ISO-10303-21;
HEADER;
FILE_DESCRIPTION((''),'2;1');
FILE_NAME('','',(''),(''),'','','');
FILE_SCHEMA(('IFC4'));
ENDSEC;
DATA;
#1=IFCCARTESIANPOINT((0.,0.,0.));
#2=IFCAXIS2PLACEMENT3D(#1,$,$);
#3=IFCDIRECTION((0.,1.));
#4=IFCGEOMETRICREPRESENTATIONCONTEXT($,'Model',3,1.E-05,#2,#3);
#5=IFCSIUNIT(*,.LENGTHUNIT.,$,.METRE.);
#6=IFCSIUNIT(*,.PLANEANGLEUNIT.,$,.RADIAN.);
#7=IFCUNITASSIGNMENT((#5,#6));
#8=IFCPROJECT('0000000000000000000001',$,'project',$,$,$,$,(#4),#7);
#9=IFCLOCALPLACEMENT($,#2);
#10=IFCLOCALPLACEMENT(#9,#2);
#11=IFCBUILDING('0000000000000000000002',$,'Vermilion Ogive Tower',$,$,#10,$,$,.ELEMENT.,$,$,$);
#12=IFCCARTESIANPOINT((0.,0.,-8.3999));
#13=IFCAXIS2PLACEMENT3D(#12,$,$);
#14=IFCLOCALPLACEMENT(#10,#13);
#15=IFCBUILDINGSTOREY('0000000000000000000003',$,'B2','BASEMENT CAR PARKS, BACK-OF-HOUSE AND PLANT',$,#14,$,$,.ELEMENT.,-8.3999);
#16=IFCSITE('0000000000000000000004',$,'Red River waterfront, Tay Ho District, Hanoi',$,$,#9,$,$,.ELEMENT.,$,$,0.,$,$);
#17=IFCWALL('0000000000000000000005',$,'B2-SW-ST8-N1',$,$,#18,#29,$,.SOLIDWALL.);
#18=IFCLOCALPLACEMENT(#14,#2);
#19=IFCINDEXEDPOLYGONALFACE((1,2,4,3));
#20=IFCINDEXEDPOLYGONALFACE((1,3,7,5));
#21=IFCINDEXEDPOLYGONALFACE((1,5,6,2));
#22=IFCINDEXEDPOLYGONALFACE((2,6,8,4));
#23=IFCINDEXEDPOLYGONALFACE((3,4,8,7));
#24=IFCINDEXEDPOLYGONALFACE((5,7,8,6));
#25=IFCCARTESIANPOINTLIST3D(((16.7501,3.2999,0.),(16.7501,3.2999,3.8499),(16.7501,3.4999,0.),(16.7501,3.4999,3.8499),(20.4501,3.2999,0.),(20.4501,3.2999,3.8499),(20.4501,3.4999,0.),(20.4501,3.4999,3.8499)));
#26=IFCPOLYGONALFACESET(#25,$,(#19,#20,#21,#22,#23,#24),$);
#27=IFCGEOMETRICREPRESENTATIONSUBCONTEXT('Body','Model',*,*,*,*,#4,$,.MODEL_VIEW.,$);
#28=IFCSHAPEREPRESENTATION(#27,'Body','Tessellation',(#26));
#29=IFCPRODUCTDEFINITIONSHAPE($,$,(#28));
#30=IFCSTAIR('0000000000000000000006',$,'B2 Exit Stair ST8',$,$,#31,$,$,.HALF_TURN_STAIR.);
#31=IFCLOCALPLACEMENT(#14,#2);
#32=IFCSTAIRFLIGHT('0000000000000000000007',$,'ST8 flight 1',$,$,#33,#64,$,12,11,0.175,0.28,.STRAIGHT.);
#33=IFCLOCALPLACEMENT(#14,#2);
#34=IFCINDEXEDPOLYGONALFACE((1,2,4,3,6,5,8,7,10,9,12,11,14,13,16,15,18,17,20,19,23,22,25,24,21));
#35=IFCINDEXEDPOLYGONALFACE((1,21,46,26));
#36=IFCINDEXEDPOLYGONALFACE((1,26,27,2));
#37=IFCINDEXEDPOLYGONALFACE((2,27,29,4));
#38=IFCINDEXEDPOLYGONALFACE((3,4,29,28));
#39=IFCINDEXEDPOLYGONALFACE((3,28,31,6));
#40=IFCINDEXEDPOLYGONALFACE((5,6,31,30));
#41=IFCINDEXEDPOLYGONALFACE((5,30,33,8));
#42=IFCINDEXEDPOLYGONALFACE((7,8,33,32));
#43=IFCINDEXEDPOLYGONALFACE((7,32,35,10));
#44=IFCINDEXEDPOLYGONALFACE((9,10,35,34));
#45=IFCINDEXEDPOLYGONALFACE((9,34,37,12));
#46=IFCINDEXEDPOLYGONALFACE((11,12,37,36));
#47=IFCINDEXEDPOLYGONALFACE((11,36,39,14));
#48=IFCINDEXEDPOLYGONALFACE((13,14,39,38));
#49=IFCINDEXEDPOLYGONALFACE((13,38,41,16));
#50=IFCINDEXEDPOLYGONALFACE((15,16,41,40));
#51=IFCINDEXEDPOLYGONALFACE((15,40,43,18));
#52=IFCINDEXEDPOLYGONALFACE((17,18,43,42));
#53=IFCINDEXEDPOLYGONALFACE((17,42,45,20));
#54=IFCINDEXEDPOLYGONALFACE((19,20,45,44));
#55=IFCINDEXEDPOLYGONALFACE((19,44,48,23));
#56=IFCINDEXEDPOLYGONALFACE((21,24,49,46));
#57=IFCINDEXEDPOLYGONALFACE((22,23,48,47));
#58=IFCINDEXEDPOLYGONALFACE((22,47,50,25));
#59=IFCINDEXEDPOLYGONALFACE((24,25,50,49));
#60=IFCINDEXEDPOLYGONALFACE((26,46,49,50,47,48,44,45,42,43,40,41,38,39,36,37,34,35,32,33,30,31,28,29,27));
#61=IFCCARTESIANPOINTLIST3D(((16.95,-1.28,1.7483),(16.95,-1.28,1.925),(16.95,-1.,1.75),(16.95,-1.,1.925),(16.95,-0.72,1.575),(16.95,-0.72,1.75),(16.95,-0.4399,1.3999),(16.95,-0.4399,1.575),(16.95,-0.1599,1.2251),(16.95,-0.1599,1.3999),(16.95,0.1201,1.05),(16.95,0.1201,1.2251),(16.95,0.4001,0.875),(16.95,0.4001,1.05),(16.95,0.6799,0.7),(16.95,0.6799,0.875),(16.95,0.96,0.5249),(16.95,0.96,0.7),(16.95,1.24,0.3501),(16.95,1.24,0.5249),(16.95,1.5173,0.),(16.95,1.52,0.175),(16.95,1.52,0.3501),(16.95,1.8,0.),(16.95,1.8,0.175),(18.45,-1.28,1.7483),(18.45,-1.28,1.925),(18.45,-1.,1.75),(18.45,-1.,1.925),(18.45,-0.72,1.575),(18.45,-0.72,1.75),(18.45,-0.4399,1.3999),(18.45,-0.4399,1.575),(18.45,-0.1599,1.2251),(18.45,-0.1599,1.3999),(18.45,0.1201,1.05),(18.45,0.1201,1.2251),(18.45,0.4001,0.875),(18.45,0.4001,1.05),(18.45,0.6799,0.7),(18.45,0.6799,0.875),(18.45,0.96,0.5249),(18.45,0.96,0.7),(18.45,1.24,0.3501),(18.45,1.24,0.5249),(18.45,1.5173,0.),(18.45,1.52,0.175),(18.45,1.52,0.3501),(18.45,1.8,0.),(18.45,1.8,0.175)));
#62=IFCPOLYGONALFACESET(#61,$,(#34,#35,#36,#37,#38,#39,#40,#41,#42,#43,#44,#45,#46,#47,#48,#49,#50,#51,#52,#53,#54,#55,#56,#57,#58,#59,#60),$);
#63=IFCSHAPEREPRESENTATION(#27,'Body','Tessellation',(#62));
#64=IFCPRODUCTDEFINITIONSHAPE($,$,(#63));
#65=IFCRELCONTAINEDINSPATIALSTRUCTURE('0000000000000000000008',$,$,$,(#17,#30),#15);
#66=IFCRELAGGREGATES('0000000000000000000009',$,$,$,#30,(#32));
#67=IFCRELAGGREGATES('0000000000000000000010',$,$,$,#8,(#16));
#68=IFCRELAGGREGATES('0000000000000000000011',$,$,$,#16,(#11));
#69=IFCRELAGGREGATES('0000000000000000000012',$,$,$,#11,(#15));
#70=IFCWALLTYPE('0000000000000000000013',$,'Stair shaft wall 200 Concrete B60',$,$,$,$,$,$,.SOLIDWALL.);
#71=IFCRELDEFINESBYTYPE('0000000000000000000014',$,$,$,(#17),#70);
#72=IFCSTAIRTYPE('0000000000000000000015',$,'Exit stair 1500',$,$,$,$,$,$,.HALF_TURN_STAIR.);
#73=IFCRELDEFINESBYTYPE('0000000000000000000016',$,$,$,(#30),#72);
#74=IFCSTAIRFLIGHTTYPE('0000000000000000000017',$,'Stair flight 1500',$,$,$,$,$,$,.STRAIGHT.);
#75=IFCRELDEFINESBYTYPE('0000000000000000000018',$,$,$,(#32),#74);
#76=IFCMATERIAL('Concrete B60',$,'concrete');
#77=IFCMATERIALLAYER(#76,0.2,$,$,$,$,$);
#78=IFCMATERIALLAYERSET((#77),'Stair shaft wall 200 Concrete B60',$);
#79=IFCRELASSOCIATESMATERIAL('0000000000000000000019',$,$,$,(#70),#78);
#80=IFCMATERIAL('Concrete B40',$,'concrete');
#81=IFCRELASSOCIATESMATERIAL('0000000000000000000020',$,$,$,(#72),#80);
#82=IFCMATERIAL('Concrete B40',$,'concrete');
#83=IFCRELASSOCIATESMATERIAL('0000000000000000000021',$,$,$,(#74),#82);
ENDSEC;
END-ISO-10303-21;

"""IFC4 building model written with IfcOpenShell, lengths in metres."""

from ifc_helpers import new_model, si_unit, direction, frame, frame_2d, origin, place, context, subcontext, project, spatial, polyline, rectangle, outline, extrude, material, layer, layer_set, type_object, element, aggregate, save


model = new_model("IFC4")

# Units and contexts
model_context = context("Model", 3, precision=1e-05, world=origin(), true_north=direction((0.0, 1.0)))
body_context = subcontext(model_context, "Body", "Model", "MODEL_VIEW")
ifc_project = project(units=[si_unit("LENGTHUNIT", "METRE"), si_unit("PLANEANGLEUNIT", "RADIAN")], contexts=[model_context])

# Site, building, storey
site_placement = place(None, origin())
site = spatial("IfcSite", under=ifc_project, at=site_placement, Name="Red River waterfront, Tay Ho District, Hanoi", CompositionType="ELEMENT", RefElevation=0.0)
building_placement = place(site_placement, origin())
building = spatial("IfcBuilding", under=site, at=building_placement, Name="Vermilion Ogive Tower", CompositionType="ELEMENT")
storey_placement = place(building_placement, frame((0.0, 0.0, -8.3999)))
storey = spatial("IfcBuildingStorey", under=building, at=storey_placement, Name="B2", Description="BASEMENT CAR PARKS, BACK-OF-HOUSE AND PLANT", CompositionType="ELEMENT", Elevation=-8.3999)

# Wall
ifc_material_1 = material(Name="Concrete B60", Category="concrete")
ifc_layer = layer(ifc_material_1, 0.2)
ifc_layer_set = layer_set([ifc_layer], Name="Stair shaft wall 200 Concrete B60")
wall_type = type_object("IfcWallType", Name="Stair shaft wall 200 Concrete B60", PredefinedType="SOLIDWALL", material=ifc_layer_set)
wall_placement = place(storey_placement, frame((16.75, 3.3999, 0.0), z_axis=(0.0, 0.0, 1.0), x_axis=(1.0, 0.0, 0.0)))
element("IfcWall", 1, at=wall_placement, inside=storey, type_object=wall_type, Name="B2-SW-ST8-N1", PredefinedType="SOLIDWALL", context=body_context, shape_type="SweptSolid", body=[
    extrude(rectangle(XDim=3.7, YDim=0.2, at=frame_2d((1.8501, 0.0))), origin(), (0.0, 0.0, 1.0), 3.8499),
])

# Stair, stair flight
ifc_material_2 = material(Name="Concrete B40", Category="concrete")
stair_type = type_object("IfcStairType", Name="Exit stair 1500", PredefinedType="HALF_TURN_STAIR", material=ifc_material_2)
stair_placement = place(storey_placement, origin())
stair = element("IfcStair", 2, at=stair_placement, inside=storey, type_object=stair_type, Name="B2 Exit Stair ST8", PredefinedType="HALF_TURN_STAIR")
ifc_material_3 = material(Name="Concrete B40", Category="concrete")
stair_flight_type = type_object("IfcStairFlightType", Name="Stair flight 1500", PredefinedType="STRAIGHT", material=ifc_material_3)
stair_flight_placement = place(storey_placement, frame((17.7, 1.8, 0.0), z_axis=(0.0, 0.0, 1.0), x_axis=(0.0, -1.0, 0.0)))
stair_flight = element("IfcStairFlight", 3, at=stair_flight_placement, type_object=stair_flight_type, Name="ST8 flight 1", NumberOfRisers=12, NumberOfTreads=11, PredefinedType="STRAIGHT", RiserHeight=0.175, TreadLength=0.28, context=body_context, shape_type="SweptSolid", body=[
    extrude(outline(polyline([(0.0, 0.0), (0.0, 0.175), (0.28, 0.175), (0.28, 0.3501), (0.5601, 0.3501), (0.5601, 0.5249), (0.8401, 0.5249), (0.8401, 0.7), (1.1201, 0.7), (1.1201, 0.875), (1.3999, 0.875), (1.3999, 1.05), (1.6799, 1.05), (1.6799, 1.2251), (1.96, 1.2251), (1.96, 1.3999), (2.24, 1.3999), (2.24, 1.575), (2.52, 1.575), (2.52, 1.75), (2.8, 1.75), (2.8, 1.925), (3.0801, 1.925), (3.0801, 2.1001), (3.0801, 1.7483), (0.2827, 0.0), (0.0, 0.0)])), frame((0.0, 0.75, 0.0), z_axis=(0.0, -1.0, 0.0), x_axis=(1.0, 0.0, 0.0)), (0.0, 0.0, 1.0), 1.5),
])
aggregate(stair, [stair_flight])

save(model, "model.ifc")
